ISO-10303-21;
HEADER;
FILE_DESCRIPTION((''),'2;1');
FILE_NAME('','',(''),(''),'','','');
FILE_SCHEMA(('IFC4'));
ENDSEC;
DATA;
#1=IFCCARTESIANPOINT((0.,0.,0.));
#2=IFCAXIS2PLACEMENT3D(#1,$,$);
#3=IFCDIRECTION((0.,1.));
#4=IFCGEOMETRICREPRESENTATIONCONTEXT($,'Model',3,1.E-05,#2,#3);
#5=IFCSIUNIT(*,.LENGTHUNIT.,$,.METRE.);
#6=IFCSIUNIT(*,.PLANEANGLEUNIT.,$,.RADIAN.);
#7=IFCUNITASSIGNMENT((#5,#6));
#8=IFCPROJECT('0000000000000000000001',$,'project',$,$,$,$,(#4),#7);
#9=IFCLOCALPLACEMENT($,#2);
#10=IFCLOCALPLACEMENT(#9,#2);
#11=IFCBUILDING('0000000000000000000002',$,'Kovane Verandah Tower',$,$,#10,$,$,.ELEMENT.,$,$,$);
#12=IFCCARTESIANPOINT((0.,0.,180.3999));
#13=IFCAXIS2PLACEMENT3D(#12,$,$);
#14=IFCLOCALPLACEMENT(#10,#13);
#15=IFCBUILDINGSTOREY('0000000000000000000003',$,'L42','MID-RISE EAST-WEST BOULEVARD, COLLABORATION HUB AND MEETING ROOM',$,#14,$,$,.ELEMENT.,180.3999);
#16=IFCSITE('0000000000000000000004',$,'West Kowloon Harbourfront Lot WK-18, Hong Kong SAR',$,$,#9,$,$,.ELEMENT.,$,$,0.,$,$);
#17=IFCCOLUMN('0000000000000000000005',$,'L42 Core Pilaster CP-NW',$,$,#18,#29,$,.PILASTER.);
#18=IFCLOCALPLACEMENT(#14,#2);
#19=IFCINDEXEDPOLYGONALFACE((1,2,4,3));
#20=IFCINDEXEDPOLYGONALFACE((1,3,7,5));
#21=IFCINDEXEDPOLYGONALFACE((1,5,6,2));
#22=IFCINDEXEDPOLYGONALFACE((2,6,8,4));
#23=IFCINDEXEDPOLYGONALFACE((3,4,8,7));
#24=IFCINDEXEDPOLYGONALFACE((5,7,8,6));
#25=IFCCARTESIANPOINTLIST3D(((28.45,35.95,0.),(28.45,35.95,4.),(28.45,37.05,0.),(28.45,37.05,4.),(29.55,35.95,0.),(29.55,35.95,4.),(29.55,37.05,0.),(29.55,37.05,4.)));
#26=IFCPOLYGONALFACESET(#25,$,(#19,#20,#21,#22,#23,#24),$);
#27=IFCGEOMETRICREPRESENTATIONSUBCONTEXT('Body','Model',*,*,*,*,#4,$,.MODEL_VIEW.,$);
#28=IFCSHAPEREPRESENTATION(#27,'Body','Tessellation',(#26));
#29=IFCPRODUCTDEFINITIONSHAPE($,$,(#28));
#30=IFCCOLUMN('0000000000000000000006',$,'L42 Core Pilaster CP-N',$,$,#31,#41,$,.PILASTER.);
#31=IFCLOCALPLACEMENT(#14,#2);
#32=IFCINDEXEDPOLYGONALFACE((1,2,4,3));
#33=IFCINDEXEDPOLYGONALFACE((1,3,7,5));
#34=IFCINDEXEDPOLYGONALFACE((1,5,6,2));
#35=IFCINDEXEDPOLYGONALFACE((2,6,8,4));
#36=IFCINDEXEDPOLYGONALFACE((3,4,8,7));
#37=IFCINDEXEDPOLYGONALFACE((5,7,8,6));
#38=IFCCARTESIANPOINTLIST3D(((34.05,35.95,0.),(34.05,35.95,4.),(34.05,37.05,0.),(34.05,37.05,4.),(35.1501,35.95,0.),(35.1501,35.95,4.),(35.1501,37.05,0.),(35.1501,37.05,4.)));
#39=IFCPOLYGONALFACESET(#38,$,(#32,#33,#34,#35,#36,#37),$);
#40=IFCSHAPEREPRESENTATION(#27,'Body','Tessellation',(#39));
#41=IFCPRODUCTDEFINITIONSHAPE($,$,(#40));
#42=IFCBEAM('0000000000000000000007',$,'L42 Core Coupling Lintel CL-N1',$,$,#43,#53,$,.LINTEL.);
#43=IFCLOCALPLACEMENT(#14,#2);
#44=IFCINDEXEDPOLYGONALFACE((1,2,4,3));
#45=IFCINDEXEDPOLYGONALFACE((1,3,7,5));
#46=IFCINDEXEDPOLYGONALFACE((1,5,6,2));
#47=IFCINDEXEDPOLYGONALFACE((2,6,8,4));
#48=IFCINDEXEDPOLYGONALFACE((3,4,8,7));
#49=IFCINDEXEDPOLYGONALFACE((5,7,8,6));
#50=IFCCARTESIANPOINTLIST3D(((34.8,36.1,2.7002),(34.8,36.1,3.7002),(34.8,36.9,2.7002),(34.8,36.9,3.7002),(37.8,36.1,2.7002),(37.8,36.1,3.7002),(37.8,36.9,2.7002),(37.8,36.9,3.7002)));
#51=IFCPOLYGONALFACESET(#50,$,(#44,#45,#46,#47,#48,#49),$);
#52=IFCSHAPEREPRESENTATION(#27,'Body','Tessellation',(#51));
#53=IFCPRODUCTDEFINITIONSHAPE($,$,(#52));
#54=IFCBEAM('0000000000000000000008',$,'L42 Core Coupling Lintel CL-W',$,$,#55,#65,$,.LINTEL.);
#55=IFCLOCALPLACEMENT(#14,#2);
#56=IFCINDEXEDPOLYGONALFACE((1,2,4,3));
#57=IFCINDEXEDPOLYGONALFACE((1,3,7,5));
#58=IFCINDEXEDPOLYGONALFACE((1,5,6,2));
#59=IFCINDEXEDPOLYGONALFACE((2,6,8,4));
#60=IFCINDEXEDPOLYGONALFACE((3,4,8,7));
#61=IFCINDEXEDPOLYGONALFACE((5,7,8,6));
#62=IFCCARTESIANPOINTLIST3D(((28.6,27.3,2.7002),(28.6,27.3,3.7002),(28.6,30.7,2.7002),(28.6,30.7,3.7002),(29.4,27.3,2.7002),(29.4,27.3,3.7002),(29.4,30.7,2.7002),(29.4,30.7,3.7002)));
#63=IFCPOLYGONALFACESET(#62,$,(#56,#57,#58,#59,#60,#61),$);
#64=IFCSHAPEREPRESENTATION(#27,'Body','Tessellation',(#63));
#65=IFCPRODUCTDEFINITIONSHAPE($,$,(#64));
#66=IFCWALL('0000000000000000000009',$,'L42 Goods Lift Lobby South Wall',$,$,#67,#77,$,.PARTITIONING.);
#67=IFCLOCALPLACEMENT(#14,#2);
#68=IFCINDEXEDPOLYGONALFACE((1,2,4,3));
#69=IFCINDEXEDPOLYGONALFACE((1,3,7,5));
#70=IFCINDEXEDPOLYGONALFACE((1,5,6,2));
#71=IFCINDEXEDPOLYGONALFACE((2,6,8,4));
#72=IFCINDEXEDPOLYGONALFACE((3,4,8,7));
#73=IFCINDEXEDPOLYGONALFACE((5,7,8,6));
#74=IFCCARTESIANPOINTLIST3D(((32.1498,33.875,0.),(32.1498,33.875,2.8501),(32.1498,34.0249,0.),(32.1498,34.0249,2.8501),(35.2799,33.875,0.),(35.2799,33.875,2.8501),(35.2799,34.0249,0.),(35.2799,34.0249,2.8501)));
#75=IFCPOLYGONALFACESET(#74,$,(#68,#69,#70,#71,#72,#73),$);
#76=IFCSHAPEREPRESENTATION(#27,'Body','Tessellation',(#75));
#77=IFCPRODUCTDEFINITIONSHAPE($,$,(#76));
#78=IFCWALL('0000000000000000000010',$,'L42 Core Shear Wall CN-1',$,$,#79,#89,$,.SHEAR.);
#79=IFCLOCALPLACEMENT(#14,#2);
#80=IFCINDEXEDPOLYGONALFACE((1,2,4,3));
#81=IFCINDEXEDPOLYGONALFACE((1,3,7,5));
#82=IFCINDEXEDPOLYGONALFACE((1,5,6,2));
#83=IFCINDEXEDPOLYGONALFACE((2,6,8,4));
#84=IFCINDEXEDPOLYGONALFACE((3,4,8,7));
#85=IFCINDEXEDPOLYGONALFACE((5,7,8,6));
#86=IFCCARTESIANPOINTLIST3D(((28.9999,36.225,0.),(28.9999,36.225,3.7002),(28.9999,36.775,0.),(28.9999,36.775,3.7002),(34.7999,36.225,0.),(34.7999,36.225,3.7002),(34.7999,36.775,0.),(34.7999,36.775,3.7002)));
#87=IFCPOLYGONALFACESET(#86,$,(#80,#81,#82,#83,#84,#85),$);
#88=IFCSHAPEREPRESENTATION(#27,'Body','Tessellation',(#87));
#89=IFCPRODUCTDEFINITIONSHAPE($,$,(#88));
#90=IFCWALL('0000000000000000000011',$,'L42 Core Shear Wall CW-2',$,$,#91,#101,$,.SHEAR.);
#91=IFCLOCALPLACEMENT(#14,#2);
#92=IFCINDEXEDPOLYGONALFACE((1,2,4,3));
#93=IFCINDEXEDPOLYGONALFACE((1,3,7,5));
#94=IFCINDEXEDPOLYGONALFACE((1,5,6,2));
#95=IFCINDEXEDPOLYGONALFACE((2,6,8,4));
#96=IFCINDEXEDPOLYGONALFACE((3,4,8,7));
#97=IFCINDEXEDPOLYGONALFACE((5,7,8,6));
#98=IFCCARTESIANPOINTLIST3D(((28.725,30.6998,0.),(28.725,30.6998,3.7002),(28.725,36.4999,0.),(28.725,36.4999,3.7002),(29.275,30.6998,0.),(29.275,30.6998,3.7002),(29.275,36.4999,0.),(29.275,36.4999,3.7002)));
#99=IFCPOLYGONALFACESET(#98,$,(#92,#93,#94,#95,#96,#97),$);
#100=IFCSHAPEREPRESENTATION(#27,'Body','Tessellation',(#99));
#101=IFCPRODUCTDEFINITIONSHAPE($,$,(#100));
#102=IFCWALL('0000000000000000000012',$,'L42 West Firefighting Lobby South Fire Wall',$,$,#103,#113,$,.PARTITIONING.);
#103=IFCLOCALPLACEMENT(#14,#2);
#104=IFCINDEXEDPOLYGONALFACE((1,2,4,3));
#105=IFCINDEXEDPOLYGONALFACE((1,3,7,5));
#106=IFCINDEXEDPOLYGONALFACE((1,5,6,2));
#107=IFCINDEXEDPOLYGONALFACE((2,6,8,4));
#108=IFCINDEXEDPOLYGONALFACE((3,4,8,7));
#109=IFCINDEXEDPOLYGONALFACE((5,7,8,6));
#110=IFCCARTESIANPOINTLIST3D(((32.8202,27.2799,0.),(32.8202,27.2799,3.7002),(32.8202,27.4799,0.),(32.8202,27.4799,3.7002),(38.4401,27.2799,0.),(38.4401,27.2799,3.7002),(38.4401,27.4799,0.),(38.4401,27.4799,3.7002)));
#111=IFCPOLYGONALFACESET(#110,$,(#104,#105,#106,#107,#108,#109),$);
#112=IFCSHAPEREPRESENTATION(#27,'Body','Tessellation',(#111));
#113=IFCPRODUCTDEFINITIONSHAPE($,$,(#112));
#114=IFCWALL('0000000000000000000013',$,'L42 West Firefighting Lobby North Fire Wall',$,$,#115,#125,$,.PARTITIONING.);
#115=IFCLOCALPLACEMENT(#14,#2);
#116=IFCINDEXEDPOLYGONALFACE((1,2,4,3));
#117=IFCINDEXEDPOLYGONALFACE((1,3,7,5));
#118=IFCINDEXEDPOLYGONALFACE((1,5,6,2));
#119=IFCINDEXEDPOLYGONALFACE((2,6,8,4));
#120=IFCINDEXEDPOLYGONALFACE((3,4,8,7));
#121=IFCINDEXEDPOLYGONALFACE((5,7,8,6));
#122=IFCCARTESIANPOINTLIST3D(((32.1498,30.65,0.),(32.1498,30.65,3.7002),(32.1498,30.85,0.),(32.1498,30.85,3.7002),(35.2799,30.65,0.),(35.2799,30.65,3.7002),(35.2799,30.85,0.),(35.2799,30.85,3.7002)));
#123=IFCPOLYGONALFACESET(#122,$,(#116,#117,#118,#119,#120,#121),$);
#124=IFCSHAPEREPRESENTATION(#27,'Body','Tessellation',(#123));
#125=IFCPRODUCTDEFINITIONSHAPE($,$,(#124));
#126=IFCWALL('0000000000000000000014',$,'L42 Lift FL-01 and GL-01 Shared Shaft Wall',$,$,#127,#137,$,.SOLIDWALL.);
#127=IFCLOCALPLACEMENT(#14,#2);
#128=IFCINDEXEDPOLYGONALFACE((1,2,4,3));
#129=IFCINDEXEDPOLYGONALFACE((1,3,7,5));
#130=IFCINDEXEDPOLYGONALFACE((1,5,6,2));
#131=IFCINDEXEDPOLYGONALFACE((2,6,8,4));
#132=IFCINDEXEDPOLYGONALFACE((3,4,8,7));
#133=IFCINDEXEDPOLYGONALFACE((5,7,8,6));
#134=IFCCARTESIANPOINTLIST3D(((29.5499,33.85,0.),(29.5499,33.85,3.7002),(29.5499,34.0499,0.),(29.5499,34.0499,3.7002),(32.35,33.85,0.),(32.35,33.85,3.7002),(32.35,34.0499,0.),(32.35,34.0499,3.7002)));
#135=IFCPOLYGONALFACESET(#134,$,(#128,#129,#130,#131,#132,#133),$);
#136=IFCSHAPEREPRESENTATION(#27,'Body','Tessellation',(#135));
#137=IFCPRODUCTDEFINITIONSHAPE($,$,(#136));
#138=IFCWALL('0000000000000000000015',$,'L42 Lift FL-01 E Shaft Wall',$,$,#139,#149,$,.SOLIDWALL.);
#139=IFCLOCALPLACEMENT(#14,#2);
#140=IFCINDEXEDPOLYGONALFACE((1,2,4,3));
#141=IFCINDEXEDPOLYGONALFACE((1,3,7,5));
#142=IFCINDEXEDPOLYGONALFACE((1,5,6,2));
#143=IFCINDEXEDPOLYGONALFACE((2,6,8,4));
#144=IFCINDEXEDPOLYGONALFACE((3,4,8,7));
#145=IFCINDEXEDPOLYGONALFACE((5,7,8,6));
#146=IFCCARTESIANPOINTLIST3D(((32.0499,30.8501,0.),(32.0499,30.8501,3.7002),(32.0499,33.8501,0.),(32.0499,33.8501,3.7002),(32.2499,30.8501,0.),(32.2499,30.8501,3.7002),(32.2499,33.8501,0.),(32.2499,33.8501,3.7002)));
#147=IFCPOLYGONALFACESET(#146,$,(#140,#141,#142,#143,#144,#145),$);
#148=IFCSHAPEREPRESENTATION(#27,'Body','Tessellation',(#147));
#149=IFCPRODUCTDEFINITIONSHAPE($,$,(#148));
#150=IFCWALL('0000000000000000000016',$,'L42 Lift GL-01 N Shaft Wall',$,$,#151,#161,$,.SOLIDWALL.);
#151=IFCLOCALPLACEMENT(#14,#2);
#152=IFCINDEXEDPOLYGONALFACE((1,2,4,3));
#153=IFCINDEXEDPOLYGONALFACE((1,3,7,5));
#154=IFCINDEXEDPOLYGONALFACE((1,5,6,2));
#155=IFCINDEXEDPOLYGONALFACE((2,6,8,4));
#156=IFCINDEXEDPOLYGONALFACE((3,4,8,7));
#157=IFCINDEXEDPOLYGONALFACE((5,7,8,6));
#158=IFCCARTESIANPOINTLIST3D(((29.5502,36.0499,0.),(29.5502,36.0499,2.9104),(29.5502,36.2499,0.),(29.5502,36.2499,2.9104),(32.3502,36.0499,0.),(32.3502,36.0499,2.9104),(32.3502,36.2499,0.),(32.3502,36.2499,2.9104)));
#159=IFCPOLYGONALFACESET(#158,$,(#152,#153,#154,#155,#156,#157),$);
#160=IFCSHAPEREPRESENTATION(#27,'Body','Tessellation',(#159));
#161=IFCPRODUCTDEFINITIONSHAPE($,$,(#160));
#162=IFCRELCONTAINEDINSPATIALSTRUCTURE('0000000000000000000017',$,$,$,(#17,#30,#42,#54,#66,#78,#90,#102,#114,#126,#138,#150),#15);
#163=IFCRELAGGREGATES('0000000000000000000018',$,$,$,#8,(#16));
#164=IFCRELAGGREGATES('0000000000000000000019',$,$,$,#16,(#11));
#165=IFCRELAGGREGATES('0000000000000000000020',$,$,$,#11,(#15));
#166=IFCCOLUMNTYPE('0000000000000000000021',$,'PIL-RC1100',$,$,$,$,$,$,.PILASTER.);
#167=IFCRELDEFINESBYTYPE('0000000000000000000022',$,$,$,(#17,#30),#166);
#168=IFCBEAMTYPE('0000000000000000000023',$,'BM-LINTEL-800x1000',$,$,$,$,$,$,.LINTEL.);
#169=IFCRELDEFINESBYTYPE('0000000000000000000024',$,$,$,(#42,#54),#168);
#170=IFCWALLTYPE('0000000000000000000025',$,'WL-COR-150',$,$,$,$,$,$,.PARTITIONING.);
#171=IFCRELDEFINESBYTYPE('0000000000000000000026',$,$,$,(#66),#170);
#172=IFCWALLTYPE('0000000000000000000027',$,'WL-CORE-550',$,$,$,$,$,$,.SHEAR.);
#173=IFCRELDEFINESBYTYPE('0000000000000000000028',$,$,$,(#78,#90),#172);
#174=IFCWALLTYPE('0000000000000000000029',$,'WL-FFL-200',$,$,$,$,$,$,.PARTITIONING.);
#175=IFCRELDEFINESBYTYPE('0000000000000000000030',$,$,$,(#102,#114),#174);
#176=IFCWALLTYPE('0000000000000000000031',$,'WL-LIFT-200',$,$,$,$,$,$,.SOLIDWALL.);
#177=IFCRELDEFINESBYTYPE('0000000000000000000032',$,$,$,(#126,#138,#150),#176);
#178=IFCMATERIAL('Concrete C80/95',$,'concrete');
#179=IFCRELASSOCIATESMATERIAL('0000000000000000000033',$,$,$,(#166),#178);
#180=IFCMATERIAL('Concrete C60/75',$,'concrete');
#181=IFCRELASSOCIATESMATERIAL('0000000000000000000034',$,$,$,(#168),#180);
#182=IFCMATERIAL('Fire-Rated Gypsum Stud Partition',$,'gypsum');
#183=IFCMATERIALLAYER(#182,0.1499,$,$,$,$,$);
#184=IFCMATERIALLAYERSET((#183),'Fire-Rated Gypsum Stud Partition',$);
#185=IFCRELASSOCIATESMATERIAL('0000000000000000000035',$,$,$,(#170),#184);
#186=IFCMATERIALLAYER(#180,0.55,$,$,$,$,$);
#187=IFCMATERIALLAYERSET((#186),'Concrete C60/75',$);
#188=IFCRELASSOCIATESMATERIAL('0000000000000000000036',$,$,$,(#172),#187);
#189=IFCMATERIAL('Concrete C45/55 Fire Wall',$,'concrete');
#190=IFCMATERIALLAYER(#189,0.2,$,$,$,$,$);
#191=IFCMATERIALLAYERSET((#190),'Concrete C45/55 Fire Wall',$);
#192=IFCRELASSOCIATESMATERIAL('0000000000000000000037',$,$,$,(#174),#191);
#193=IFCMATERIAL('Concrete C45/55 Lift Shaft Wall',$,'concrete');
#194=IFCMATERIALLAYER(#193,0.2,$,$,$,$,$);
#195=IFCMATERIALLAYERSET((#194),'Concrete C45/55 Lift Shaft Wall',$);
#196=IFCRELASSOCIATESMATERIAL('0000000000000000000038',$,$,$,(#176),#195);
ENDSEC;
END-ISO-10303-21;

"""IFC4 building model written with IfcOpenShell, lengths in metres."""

from ifc_helpers import new_model, si_unit, direction, frame, frame_2d, origin, origin_2d, place, context, subcontext, project, spatial, rectangle, extrude, material, layer, layer_set, material_profile, profile_set, type_object, element, save


model = new_model("IFC4")

# Units and contexts
model_context = context("Model", 3, precision=1e-05, world=origin(), true_north=direction((0.0, 1.0)))
body_context = subcontext(model_context, "Body", "Model", "MODEL_VIEW")
ifc_project = project(units=[si_unit("LENGTHUNIT", "METRE"), si_unit("PLANEANGLEUNIT", "RADIAN")], contexts=[model_context])

# Site, building, storey
site_placement = place(None, origin())
site = spatial("IfcSite", under=ifc_project, at=site_placement, Name="West Kowloon Harbourfront Lot WK-18, Hong Kong SAR", CompositionType="ELEMENT", RefElevation=0.0)
building_placement = place(site_placement, origin())
building = spatial("IfcBuilding", under=site, at=building_placement, Name="Kovane Verandah Tower", CompositionType="ELEMENT")
storey_placement = place(building_placement, frame((0.0, 0.0, 180.3999)))
storey = spatial("IfcBuildingStorey", under=building, at=storey_placement, Name="L42", Description="MID-RISE EAST-WEST BOULEVARD, COLLABORATION HUB AND MEETING ROOM", CompositionType="ELEMENT", Elevation=180.3999)

# Columns
ifc_material_1 = material(Name="Concrete C80/95", Category="concrete")
ifc_material_profile_1 = material_profile(ifc_material_1, rectangle(XDim=1.1001, YDim=1.1001, at=origin_2d()), Name="RC1100x1100")
ifc_profile_set_1 = profile_set([ifc_material_profile_1], Name="Concrete C80/95")
column_type = type_object("IfcColumnType", Name="PIL-RC1100", PredefinedType="PILASTER", material=ifc_profile_set_1)
for number, where, z_axis, x_axis, name in (
    (1, (29.0, 36.5, 0.0), (0.0, 0.0, 1.0), (1.0, 0.0, 0.0), "L42 Core Pilaster CP-NW"),
    (2, (34.6001, 36.5, 0.0), (0.0, 0.0, 1.0), (1.0, 0.0, 0.0), "L42 Core Pilaster CP-N"),
):
    element("IfcColumn", number, at=place(storey_placement, frame(where, z_axis=z_axis, x_axis=x_axis)), inside=storey, type_object=column_type, Name=name, PredefinedType="PILASTER", context=body_context, shape_type="SweptSolid", body=[
        extrude(rectangle(XDim=1.1001, YDim=1.1001, at=origin_2d()), origin(), (0.0, 0.0, 1.0), 4.0),
    ])

# Beams
ifc_material_2 = material(Name="Concrete C60/75", Category="concrete")
ifc_material_profile_2 = material_profile(ifc_material_2, rectangle(XDim=0.8, YDim=1.0, at=origin_2d()), Name="RCB800x1000")
ifc_profile_set_2 = profile_set([ifc_material_profile_2], Name="Concrete C60/75")
beam_type = type_object("IfcBeamType", Name="BM-LINTEL-800x1000", PredefinedType="LINTEL", material=ifc_profile_set_2)
beam_1_placement = place(storey_placement, frame((34.8, 36.5, 3.2002), z_axis=(1.0, 0.0, 0.0), x_axis=(0.0, 1.0, 0.0)))
element("IfcBeam", 3, at=beam_1_placement, inside=storey, type_object=beam_type, Name="L42 Core Coupling Lintel CL-N1", PredefinedType="LINTEL", context=body_context, shape_type="SweptSolid", body=[
    extrude(rectangle(XDim=0.8, YDim=1.0, at=origin_2d()), origin(), (0.0, 0.0, 1.0), 3.0),
])
beam_2_placement = place(storey_placement, frame((29.0, 27.3, 3.2002), z_axis=(0.0, 1.0, 0.0), x_axis=(-1.0, 0.0, 0.0)))
element("IfcBeam", 4, at=beam_2_placement, inside=storey, type_object=beam_type, Name="L42 Core Coupling Lintel CL-W", PredefinedType="LINTEL", context=body_context, shape_type="SweptSolid", body=[
    extrude(rectangle(XDim=0.8, YDim=1.0, at=origin_2d()), origin(), (0.0, 0.0, 1.0), 3.3999),
])

# Walls
ifc_material_3 = material(Name="Fire-Rated Gypsum Stud Partition", Category="gypsum")
ifc_layer_1 = layer(ifc_material_3, 0.1499)
ifc_layer_set_1 = layer_set([ifc_layer_1], Name="Fire-Rated Gypsum Stud Partition")
wall_type_1 = type_object("IfcWallType", Name="WL-COR-150", PredefinedType="PARTITIONING", material=ifc_layer_set_1)
wall_1_placement = place(storey_placement, frame((32.1499, 33.95, 0.0), z_axis=(0.0, 0.0, 1.0), x_axis=(1.0, 0.0, 0.0)))
element("IfcWall", 5, at=wall_1_placement, inside=storey, type_object=wall_type_1, Name="L42 Goods Lift Lobby South Wall", PredefinedType="PARTITIONING", context=body_context, shape_type="SweptSolid", body=[
    extrude(rectangle(XDim=3.1301, YDim=0.1499, at=frame_2d((1.5649, 0.0))), origin(), (0.0, 0.0, 1.0), 2.8501),
])
ifc_layer_2 = layer(ifc_material_2, 0.55)
ifc_layer_set_2 = layer_set([ifc_layer_2], Name="Concrete C60/75")
wall_type_2 = type_object("IfcWallType", Name="WL-CORE-550", PredefinedType="SHEAR", material=ifc_layer_set_2)
for number, where, z_axis, x_axis, name in (
    (6, (29.0, 36.5, 0.0), (0.0, 0.0, 1.0), (1.0, 0.0, 0.0), "L42 Core Shear Wall CN-1"),
    (7, (29.0, 30.7, 0.0), (0.0, 0.0, 1.0), (0.0, 1.0, 0.0), "L42 Core Shear Wall CW-2"),
):
    element("IfcWall", number, at=place(storey_placement, frame(where, z_axis=z_axis, x_axis=x_axis)), inside=storey, type_object=wall_type_2, Name=name, PredefinedType="SHEAR", context=body_context, shape_type="SweptSolid", body=[
        extrude(rectangle(XDim=5.8, YDim=0.55, at=frame_2d((2.8999, 0.0))), origin(), (0.0, 0.0, 1.0), 3.7002),
    ])

# Shared definitions
ifc_material_4 = material(Name="Concrete C45/55 Fire Wall", Category="concrete")
ifc_layer_3 = layer(ifc_material_4, 0.2)
ifc_layer_set_3 = layer_set([ifc_layer_3], Name="Concrete C45/55 Fire Wall")
wall_type_3 = type_object("IfcWallType", Name="WL-FFL-200", PredefinedType="PARTITIONING", material=ifc_layer_set_3)

# Walls
wall_2_placement = place(storey_placement, frame((32.8201, 27.3799, 0.0), z_axis=(0.0, 0.0, 1.0), x_axis=(1.0, 0.0, 0.0)))
element("IfcWall", 8, at=wall_2_placement, inside=storey, type_object=wall_type_3, Name="L42 West Firefighting Lobby South Fire Wall", PredefinedType="PARTITIONING", context=body_context, shape_type="SweptSolid", body=[
    extrude(rectangle(XDim=5.6199, YDim=0.2, at=frame_2d((2.8101, 0.0))), origin(), (0.0, 0.0, 1.0), 3.7002),
])
wall_3_placement = place(storey_placement, frame((32.1499, 30.75, 0.0), z_axis=(0.0, 0.0, 1.0), x_axis=(1.0, 0.0, 0.0)))
element("IfcWall", 9, at=wall_3_placement, inside=storey, type_object=wall_type_3, Name="L42 West Firefighting Lobby North Fire Wall", PredefinedType="PARTITIONING", context=body_context, shape_type="SweptSolid", body=[
    extrude(rectangle(XDim=3.1301, YDim=0.2, at=frame_2d((1.5649, 0.0))), origin(), (0.0, 0.0, 1.0), 3.7002),
])

# Shared definitions
ifc_material_5 = material(Name="Concrete C45/55 Lift Shaft Wall", Category="concrete")
ifc_layer_4 = layer(ifc_material_5, 0.2)
ifc_layer_set_4 = layer_set([ifc_layer_4], Name="Concrete C45/55 Lift Shaft Wall")
wall_type_4 = type_object("IfcWallType", Name="WL-LIFT-200", PredefinedType="SOLIDWALL", material=ifc_layer_set_4)

# Walls
wall_4_placement = place(storey_placement, frame((29.55, 33.95, 0.0), z_axis=(0.0, 0.0, 1.0), x_axis=(1.0, 0.0, 0.0)))
element("IfcWall", 10, at=wall_4_placement, inside=storey, type_object=wall_type_4, Name="L42 Lift FL-01 and GL-01 Shared Shaft Wall", PredefinedType="SOLIDWALL", context=body_context, shape_type="SweptSolid", body=[
    extrude(rectangle(XDim=2.8, YDim=0.2, at=frame_2d((1.3999, 0.0))), origin(), (0.0, 0.0, 1.0), 3.7002),
])
wall_5_placement = place(storey_placement, frame((32.1499, 30.8501, 0.0), z_axis=(0.0, 0.0, 1.0), x_axis=(0.0, 1.0, 0.0)))
element("IfcWall", 11, at=wall_5_placement, inside=storey, type_object=wall_type_4, Name="L42 Lift FL-01 E Shaft Wall", PredefinedType="SOLIDWALL", context=body_context, shape_type="SweptSolid", body=[
    extrude(rectangle(XDim=3.0, YDim=0.2, at=frame_2d((1.5, 0.0))), origin(), (0.0, 0.0, 1.0), 3.7002),
])
wall_6_placement = place(storey_placement, frame((32.3501, 36.1499, 0.0), z_axis=(0.0, 0.0, 1.0), x_axis=(-1.0, 0.0, 0.0)))
element("IfcWall", 12, at=wall_6_placement, inside=storey, type_object=wall_type_4, Name="L42 Lift GL-01 N Shaft Wall", PredefinedType="SOLIDWALL", context=body_context, shape_type="SweptSolid", body=[
    extrude(rectangle(XDim=2.8, YDim=0.2, at=frame_2d((1.3999, 0.0))), origin(), (0.0, 0.0, 1.0), 2.9104),
])

save(model, "model.ifc")
